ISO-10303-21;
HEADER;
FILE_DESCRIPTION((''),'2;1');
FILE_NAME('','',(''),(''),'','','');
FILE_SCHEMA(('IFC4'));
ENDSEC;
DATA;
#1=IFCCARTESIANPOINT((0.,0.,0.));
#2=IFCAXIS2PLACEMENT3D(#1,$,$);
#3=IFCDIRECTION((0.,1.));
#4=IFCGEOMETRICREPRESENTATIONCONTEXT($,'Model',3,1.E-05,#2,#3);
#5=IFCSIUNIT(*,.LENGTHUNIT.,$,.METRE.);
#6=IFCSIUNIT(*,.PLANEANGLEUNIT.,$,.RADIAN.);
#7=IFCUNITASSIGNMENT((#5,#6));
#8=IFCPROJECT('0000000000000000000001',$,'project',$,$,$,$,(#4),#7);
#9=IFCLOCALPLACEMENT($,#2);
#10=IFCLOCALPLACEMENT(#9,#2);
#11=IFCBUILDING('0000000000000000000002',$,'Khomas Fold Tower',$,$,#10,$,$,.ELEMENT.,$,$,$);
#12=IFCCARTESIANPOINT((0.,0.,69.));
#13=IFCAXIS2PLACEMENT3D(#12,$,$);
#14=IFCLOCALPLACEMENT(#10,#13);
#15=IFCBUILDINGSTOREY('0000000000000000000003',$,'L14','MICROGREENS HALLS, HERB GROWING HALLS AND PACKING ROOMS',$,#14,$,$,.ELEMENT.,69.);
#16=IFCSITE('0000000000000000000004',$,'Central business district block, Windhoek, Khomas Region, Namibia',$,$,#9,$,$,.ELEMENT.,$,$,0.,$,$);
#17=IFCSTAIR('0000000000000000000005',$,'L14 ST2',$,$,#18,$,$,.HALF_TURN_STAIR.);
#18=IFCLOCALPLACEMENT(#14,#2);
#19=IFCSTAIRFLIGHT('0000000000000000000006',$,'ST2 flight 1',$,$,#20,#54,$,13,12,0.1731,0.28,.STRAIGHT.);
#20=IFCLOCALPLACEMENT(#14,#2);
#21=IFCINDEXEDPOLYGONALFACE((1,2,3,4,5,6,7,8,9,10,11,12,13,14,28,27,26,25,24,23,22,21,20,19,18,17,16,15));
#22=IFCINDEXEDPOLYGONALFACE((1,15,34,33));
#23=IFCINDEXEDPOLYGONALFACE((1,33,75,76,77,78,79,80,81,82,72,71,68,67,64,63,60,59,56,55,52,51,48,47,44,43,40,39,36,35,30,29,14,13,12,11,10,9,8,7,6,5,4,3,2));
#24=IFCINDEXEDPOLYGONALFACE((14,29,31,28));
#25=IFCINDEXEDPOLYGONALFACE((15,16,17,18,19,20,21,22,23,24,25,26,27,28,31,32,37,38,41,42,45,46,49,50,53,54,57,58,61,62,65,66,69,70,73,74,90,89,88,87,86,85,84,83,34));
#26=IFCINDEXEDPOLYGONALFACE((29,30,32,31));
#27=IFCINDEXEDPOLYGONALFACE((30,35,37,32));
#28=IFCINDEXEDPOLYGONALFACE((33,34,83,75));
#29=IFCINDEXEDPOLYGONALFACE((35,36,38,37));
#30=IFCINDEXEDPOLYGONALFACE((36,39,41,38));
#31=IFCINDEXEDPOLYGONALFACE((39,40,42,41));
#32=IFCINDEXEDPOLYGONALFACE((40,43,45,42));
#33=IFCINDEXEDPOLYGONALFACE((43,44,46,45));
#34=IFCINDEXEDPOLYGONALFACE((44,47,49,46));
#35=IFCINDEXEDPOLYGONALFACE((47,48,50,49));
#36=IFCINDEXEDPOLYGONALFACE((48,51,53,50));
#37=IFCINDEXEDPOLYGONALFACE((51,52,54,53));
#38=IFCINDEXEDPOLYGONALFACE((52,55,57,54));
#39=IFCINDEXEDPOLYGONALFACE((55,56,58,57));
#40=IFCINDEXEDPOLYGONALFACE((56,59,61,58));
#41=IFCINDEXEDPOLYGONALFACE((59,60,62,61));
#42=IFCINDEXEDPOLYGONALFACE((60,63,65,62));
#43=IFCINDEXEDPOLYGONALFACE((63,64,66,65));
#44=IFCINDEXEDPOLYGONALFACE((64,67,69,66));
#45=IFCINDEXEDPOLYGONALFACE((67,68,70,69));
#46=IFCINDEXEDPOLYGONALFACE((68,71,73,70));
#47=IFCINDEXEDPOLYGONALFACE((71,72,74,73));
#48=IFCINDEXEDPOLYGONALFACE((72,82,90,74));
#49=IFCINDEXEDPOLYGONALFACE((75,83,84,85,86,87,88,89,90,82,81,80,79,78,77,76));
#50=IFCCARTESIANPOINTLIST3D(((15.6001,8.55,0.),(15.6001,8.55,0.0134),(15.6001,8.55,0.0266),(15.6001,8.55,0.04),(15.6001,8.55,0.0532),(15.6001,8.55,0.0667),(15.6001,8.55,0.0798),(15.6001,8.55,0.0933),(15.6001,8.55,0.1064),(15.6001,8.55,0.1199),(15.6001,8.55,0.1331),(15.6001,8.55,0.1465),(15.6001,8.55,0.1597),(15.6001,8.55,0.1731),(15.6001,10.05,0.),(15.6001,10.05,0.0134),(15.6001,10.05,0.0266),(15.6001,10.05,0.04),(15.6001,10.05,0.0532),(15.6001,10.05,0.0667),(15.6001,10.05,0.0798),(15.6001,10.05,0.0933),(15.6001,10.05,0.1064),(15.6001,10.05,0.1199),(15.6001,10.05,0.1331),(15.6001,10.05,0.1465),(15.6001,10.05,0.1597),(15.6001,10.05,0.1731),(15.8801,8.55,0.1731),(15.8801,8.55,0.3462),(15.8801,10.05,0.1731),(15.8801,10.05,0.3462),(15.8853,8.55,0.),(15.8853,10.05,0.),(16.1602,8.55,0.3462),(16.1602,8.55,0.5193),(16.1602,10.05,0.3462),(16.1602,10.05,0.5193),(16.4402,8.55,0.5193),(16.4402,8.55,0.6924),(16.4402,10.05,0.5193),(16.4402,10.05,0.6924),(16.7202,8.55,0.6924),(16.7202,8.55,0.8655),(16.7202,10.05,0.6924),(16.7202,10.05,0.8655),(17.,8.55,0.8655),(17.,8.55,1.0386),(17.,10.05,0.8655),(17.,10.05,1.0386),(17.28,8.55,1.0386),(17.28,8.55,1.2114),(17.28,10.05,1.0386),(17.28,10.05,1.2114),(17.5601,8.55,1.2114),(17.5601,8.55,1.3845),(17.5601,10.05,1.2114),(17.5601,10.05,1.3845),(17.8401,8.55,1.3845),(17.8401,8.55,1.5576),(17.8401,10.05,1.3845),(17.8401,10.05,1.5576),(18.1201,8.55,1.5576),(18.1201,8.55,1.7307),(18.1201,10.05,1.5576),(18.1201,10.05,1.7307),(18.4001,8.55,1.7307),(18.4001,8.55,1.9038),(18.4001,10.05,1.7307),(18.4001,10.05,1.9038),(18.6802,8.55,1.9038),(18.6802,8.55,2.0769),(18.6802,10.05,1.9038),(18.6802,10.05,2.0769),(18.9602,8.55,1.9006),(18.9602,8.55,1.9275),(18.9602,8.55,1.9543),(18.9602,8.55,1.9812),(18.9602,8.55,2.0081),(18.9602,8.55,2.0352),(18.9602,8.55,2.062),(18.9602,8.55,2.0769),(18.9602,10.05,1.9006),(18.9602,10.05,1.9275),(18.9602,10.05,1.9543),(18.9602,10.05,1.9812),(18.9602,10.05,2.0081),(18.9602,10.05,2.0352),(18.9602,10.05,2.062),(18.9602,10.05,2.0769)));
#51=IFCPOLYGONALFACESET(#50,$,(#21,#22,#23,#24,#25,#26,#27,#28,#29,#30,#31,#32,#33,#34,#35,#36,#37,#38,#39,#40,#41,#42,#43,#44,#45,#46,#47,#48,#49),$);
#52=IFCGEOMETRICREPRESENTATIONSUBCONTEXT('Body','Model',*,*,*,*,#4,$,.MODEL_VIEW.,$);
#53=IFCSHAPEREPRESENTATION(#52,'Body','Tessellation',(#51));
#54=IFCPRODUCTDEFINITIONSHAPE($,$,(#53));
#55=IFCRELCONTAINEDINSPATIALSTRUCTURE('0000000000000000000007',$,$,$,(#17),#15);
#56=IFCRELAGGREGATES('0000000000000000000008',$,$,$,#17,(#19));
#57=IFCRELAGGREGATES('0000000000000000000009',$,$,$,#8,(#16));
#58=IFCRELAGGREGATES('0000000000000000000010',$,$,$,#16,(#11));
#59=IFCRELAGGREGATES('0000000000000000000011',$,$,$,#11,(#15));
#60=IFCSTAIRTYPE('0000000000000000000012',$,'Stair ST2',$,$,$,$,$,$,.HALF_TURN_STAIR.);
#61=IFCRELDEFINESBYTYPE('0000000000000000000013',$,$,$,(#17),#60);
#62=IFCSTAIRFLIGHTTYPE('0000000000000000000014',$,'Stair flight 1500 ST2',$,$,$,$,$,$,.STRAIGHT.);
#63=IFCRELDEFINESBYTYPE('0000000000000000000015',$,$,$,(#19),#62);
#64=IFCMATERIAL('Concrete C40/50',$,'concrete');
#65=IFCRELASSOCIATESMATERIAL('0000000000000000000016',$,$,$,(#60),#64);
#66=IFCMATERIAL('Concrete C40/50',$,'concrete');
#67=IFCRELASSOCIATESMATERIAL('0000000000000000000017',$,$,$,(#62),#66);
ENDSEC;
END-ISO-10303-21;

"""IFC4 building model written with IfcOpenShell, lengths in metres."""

from ifc_helpers import new_model, si_unit, direction, frame, origin, place, context, subcontext, project, spatial, polyline, outline, extrude, source, transform, mapped, material, type_object, element, aggregate, save


model = new_model("IFC4")

# Units and contexts
model_context = context("Model", 3, precision=1e-05, world=origin(), true_north=direction((0.0, 1.0)))
body_context = subcontext(model_context, "Body", "Model", "MODEL_VIEW")
ifc_project = project(units=[si_unit("LENGTHUNIT", "METRE"), si_unit("PLANEANGLEUNIT", "RADIAN")], contexts=[model_context])

# Site, building, storey
site_placement = place(None, origin())
site = spatial("IfcSite", under=ifc_project, at=site_placement, Name="Central business district block, Windhoek, Khomas Region, Namibia", CompositionType="ELEMENT", RefElevation=0.0)
building_placement = place(site_placement, origin())
building = spatial("IfcBuilding", under=site, at=building_placement, Name="Khomas Fold Tower", CompositionType="ELEMENT")
storey_placement = place(building_placement, frame((0.0, 0.0, 69.0)))
storey = spatial("IfcBuildingStorey", under=building, at=storey_placement, Name="L14", Description="MICROGREENS HALLS, HERB GROWING HALLS AND PACKING ROOMS", CompositionType="ELEMENT", Elevation=69.0)

# Stair, stair flight
ifc_material_1 = material(Name="Concrete C40/50", Category="concrete")
stair_type = type_object("IfcStairType", Name="Stair ST2", PredefinedType="HALF_TURN_STAIR", material=ifc_material_1)
stair_placement = place(storey_placement, origin())
stair = element("IfcStair", 1, at=stair_placement, inside=storey, type_object=stair_type, Name="L14 ST2", PredefinedType="HALF_TURN_STAIR")
ifc_material_2 = material(Name="Concrete C40/50", Category="concrete")
stair_flight_type = type_object("IfcStairFlightType", Name="Stair flight 1500 ST2", PredefinedType="STRAIGHT", material=ifc_material_2)
shared_shape_1 = source(origin(), body_context, "Body", "SweptSolid", [
    extrude(outline(polyline([(0.0, 0.0), (0.0, 0.0134), (0.0, 0.0266), (0.0, 0.04), (0.0, 0.0532), (0.0, 0.0667), (0.0, 0.0798), (0.0, 0.0933), (0.0, 0.1064), (0.0, 0.1199), (0.0, 0.1331), (0.0, 0.1465), (0.0, 0.1597), (0.0, 0.1731), (0.28, 0.1731), (0.28, 0.3462), (0.5601, 0.3462), (0.5601, 0.5193), (0.8401, 0.5193), (0.8401, 0.6924), (1.1201, 0.6924), (1.1201, 0.8655), (1.3999, 0.8655), (1.3999, 1.0386), (1.6799, 1.0386), (1.6799, 1.2114), (1.96, 1.2114), (1.96, 1.3845), (2.24, 1.3845), (2.24, 1.5576), (2.52, 1.5576), (2.52, 1.7307), (2.8, 1.7307), (2.8, 1.9038), (3.0801, 1.9038), (3.0801, 2.0769), (3.3601, 2.0769), (3.3601, 2.25), (3.3601, 2.2231), (3.3601, 2.1963), (3.3601, 2.1694), (3.3601, 2.1426), (3.3601, 2.1157), (3.3601, 2.0889), (3.3601, 2.062), (3.3601, 2.0352), (3.3601, 2.0081), (3.3601, 1.9812), (3.3601, 1.9543), (3.3601, 1.9275), (3.3601, 1.9006), (0.2852, 0.0), (0.0, 0.0)])), frame((0.0, 0.75, 0.0), z_axis=(0.0, -1.0, 0.0), x_axis=(1.0, 0.0, 0.0)), (0.0, 0.0, 1.0), 1.5),
])
stair_flight_placement = place(storey_placement, frame((15.6001, 9.3, 0.0), z_axis=(0.0, 0.0, 1.0), x_axis=(1.0, 0.0, 0.0)))
stair_flight = element("IfcStairFlight", 2, at=stair_flight_placement, type_object=stair_flight_type, Name="ST2 flight 1", NumberOfRisers=13, NumberOfTreads=12, PredefinedType="STRAIGHT", RiserHeight=0.1731, TreadLength=0.28, context=body_context, shape_type="MappedRepresentation", body=[
    mapped(shared_shape_1, transform((0.0, 0.0, 0.0))),
])
aggregate(stair, [stair_flight])

save(model, "model.ifc")
